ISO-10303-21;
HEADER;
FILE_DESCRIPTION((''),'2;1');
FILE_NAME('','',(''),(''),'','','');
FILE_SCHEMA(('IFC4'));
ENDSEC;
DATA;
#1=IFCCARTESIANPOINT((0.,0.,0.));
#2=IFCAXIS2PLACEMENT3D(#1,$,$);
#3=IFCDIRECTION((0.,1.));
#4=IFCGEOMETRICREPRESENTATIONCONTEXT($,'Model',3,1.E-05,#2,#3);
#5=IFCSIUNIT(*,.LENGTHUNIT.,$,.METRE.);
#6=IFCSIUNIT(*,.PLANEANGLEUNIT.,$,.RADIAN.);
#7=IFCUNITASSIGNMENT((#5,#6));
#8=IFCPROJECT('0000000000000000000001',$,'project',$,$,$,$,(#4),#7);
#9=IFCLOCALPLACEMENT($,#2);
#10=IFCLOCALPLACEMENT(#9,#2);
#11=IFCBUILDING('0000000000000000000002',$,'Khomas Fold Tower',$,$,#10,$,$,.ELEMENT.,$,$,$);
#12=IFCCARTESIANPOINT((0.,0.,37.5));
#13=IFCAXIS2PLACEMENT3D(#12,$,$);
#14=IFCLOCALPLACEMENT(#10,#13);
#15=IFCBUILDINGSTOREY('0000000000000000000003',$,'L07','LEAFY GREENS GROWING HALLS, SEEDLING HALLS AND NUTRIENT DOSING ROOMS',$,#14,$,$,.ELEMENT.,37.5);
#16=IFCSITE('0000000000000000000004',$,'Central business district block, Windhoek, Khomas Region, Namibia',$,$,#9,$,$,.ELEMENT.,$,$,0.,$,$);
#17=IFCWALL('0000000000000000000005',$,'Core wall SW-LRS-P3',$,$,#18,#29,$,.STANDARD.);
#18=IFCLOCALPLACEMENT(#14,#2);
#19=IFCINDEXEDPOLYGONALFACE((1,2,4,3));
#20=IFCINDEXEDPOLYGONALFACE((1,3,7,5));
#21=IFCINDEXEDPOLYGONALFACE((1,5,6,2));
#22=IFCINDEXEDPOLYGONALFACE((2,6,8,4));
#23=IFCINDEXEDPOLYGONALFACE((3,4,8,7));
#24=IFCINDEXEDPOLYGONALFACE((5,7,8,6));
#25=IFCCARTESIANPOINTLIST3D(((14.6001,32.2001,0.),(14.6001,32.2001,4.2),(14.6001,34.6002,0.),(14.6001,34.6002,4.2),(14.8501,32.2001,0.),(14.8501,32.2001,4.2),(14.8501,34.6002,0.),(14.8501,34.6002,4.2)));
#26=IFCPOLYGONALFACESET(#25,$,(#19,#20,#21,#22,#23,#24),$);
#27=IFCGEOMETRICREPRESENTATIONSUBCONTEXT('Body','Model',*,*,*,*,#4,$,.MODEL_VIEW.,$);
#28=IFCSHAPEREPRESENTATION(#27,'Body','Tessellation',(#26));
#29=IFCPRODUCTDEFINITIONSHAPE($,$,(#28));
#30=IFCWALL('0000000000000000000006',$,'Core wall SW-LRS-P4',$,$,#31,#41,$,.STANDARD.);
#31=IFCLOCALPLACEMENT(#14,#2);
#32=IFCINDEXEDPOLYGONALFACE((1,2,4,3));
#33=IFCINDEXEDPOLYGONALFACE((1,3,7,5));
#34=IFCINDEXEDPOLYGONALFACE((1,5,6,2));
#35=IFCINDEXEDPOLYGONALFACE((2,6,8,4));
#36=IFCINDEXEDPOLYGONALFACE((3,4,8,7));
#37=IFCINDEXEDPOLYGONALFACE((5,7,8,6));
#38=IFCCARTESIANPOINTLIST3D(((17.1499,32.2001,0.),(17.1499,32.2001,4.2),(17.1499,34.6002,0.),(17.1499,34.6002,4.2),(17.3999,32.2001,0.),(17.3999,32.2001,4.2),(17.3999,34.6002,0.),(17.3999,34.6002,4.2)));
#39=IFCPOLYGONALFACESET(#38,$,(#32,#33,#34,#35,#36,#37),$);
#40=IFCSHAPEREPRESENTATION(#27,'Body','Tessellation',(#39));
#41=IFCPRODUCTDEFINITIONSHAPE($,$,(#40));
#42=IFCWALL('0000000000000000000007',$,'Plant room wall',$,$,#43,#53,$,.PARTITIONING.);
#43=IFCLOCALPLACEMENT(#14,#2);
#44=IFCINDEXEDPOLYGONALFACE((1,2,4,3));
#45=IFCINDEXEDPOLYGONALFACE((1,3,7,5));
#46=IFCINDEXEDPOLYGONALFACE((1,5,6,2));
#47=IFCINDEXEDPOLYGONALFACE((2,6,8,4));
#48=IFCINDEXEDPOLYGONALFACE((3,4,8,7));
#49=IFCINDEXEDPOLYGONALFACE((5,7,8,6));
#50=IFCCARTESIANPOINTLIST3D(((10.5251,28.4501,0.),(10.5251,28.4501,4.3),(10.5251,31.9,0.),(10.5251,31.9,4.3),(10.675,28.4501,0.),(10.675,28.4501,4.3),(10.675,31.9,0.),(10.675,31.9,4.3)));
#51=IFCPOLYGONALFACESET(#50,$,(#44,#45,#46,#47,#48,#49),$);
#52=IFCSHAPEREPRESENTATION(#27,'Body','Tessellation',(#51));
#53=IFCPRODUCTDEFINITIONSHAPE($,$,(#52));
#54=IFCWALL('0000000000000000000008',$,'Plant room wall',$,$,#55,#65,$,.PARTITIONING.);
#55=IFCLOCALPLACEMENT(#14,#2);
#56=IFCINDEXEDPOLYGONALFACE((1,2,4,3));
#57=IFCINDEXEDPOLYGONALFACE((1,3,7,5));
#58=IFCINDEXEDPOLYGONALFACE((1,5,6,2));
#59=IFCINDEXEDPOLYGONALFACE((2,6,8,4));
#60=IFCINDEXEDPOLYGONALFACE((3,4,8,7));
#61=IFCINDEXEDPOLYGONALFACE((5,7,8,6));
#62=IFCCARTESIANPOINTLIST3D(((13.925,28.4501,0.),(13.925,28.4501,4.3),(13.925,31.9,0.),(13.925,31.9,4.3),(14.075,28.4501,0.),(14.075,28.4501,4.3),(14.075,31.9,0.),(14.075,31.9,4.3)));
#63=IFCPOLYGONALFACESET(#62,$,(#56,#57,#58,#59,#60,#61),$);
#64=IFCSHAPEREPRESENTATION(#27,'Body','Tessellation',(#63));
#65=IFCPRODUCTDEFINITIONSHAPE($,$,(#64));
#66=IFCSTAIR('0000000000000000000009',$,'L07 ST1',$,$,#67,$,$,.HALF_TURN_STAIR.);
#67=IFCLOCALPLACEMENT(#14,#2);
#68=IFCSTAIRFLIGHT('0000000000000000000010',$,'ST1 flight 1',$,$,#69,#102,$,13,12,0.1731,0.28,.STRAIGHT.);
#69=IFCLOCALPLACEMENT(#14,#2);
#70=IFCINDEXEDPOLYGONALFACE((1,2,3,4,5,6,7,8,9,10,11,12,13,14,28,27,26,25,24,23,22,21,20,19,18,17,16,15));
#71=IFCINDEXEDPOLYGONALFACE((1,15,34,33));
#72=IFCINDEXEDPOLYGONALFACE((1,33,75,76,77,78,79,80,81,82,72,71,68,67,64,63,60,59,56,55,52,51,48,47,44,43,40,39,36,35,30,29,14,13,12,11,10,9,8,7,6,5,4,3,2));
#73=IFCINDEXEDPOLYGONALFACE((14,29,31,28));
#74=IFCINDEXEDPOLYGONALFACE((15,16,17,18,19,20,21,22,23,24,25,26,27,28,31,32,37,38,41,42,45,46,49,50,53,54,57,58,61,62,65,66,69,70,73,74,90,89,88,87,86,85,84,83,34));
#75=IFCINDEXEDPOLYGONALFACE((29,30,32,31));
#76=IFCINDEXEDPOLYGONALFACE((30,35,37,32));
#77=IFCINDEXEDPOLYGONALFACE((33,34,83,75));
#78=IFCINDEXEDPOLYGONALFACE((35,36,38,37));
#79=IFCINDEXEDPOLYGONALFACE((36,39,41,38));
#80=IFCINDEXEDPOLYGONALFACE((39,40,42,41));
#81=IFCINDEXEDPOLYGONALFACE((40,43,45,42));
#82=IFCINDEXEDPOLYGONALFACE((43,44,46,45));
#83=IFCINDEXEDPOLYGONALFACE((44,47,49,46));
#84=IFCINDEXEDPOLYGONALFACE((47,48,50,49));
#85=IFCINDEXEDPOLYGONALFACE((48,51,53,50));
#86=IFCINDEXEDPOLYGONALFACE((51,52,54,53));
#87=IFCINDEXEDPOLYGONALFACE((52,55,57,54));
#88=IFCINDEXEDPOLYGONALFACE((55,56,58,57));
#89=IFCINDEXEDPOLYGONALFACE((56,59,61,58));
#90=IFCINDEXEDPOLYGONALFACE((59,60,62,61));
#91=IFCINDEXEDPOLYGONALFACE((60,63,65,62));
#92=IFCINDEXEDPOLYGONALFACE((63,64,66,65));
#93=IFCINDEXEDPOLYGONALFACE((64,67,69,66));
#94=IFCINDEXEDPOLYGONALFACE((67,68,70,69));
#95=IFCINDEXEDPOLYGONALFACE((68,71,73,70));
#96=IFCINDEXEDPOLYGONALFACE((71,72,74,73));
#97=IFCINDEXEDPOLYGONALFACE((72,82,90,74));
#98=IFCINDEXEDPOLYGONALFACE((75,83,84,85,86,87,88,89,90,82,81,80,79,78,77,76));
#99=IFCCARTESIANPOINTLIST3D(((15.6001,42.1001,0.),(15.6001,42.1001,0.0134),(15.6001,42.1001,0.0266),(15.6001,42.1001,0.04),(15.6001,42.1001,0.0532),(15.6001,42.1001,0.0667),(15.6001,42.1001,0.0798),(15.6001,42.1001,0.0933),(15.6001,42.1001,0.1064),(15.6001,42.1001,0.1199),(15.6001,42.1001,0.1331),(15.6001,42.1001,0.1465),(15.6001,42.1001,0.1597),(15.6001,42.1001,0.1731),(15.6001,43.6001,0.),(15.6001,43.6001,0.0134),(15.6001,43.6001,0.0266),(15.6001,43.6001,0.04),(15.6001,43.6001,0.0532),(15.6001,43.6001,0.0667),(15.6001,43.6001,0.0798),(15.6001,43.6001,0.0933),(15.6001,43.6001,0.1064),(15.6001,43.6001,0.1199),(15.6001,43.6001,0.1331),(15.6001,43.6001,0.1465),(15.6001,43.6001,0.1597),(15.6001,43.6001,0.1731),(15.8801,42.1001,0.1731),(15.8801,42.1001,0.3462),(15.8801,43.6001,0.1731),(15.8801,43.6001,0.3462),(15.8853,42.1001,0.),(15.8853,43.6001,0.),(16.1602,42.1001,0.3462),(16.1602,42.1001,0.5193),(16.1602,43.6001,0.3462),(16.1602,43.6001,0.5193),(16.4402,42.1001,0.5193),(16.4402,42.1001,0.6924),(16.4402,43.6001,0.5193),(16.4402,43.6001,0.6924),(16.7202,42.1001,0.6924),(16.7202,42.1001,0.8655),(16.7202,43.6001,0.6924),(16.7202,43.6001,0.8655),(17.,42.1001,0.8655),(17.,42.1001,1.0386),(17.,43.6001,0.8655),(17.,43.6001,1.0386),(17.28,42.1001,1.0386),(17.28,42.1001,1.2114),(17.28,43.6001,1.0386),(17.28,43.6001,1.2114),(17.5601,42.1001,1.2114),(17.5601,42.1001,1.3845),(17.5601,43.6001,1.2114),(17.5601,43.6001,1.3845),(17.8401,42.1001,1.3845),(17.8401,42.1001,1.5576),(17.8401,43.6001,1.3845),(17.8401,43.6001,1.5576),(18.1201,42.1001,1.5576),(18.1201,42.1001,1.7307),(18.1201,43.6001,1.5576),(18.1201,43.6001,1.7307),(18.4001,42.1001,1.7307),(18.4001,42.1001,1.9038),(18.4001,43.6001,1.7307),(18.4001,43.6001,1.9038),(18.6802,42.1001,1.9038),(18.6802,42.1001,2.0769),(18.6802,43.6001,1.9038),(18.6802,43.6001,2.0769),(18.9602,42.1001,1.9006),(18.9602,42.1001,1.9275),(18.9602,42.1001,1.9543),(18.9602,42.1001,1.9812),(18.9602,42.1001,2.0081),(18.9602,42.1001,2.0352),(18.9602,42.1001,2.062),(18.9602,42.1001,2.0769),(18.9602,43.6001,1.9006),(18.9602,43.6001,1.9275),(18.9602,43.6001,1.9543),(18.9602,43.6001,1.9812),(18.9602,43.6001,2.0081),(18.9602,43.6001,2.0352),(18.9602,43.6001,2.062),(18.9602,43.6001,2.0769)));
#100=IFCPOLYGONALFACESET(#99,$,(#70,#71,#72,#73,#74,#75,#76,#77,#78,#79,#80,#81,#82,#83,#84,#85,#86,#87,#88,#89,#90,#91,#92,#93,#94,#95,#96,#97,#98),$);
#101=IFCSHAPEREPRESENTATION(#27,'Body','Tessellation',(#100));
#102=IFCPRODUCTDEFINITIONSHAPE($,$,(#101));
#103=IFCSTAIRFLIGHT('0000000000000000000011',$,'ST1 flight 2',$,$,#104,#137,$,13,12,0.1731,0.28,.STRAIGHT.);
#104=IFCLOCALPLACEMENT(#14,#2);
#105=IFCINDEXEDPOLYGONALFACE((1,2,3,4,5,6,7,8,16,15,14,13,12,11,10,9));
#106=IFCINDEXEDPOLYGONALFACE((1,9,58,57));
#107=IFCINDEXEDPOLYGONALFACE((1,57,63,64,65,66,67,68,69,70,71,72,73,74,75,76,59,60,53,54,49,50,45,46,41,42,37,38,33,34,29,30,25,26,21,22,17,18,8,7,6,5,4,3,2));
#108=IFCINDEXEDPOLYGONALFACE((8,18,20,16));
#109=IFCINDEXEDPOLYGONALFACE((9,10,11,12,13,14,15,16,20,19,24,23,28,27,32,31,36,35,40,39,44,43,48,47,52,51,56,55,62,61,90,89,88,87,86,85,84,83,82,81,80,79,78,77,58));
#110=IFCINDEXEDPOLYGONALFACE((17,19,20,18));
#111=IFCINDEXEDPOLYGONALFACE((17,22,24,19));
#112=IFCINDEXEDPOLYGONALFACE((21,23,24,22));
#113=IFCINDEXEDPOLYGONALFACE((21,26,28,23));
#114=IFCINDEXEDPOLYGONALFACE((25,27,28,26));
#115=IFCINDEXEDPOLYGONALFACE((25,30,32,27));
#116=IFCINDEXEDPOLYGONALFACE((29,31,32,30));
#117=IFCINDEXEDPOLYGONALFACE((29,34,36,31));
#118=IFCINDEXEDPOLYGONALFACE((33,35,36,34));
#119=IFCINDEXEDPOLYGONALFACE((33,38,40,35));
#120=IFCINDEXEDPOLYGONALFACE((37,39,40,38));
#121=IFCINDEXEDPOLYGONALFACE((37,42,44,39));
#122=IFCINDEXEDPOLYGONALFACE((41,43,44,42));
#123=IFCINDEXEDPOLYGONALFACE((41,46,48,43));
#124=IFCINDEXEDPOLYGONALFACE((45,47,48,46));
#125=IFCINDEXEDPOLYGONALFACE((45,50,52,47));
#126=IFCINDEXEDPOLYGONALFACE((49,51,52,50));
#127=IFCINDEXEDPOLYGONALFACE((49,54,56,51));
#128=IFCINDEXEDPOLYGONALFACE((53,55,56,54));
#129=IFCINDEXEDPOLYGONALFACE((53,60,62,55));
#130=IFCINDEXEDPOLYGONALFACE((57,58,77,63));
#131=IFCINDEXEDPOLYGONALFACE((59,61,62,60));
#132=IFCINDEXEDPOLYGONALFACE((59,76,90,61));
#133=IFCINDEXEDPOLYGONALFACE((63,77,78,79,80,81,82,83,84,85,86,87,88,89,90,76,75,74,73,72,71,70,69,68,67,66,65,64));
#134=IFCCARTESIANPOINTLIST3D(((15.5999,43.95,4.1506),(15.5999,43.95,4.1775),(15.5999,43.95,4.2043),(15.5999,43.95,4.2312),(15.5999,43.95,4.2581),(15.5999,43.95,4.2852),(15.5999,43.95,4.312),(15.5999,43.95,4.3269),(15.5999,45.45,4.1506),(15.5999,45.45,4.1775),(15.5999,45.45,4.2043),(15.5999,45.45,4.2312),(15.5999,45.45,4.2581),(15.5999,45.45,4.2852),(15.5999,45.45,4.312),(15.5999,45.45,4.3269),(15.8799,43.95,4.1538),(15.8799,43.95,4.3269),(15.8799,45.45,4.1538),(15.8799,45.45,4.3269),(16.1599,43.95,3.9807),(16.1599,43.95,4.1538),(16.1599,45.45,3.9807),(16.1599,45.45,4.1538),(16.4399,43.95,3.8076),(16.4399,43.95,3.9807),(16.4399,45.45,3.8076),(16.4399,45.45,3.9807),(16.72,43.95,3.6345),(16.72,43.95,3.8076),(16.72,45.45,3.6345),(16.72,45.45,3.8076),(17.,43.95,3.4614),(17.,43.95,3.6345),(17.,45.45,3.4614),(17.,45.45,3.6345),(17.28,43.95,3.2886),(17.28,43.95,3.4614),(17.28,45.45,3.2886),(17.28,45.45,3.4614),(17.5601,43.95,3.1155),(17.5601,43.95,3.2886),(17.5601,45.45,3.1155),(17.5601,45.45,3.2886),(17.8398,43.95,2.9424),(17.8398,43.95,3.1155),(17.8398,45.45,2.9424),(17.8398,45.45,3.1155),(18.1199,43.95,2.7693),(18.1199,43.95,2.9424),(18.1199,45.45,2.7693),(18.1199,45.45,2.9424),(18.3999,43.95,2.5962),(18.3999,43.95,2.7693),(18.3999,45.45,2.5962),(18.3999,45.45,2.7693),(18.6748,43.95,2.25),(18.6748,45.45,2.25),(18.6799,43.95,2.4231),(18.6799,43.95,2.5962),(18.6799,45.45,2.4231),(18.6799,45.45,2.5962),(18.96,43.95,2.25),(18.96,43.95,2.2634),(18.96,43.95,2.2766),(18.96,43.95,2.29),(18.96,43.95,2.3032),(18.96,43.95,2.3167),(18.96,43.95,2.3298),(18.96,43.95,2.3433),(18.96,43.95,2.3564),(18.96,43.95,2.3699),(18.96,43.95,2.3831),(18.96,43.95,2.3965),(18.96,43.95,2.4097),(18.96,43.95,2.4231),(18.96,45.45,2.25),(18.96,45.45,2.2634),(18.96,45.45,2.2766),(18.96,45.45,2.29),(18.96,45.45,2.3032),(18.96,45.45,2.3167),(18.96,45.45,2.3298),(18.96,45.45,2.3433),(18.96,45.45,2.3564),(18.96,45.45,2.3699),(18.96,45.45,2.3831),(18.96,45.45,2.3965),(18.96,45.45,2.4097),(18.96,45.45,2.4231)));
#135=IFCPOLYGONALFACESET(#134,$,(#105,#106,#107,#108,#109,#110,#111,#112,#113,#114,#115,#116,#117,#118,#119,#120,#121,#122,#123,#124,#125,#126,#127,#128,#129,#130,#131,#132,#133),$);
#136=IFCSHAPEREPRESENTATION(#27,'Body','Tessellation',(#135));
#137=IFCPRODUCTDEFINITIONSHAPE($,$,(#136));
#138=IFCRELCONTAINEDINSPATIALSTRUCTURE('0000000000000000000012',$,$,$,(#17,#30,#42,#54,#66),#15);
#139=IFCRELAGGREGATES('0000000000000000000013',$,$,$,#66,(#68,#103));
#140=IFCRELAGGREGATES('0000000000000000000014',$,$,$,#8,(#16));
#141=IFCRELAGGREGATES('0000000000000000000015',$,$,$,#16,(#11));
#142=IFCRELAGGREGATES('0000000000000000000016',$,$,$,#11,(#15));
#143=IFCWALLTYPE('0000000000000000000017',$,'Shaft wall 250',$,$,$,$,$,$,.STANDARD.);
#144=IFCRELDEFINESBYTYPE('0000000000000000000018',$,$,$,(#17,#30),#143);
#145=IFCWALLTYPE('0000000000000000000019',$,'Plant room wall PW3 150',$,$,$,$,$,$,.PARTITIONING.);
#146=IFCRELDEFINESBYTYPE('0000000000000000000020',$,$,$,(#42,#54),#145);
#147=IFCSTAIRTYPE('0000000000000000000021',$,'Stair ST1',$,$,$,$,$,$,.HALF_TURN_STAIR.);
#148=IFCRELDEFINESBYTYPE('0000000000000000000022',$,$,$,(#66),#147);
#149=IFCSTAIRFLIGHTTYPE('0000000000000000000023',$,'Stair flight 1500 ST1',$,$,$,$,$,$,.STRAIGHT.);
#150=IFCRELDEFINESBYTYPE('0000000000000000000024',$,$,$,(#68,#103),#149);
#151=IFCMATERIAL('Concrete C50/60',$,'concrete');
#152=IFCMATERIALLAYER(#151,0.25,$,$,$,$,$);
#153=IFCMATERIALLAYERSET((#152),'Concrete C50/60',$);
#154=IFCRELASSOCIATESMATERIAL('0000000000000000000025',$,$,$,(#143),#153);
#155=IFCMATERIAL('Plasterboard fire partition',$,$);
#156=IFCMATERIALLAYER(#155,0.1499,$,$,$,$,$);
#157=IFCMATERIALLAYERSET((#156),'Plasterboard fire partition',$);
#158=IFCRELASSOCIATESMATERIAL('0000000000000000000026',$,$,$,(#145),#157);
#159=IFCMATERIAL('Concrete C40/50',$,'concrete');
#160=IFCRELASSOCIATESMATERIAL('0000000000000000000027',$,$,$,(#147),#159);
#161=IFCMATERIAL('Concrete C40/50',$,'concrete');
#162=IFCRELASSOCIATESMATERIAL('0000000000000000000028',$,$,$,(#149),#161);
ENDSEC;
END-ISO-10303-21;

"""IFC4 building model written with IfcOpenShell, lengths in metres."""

from ifc_helpers import new_model, si_unit, direction, frame, frame_2d, origin, place, context, subcontext, project, spatial, polyline, rectangle, outline, extrude, source, transform, mapped, material, layer, layer_set, type_object, element, aggregate, save


model = new_model("IFC4")

# Units and contexts
model_context = context("Model", 3, precision=1e-05, world=origin(), true_north=direction((0.0, 1.0)))
body_context = subcontext(model_context, "Body", "Model", "MODEL_VIEW")
ifc_project = project(units=[si_unit("LENGTHUNIT", "METRE"), si_unit("PLANEANGLEUNIT", "RADIAN")], contexts=[model_context])

# Site, building, storey
site_placement = place(None, origin())
site = spatial("IfcSite", under=ifc_project, at=site_placement, Name="Central business district block, Windhoek, Khomas Region, Namibia", CompositionType="ELEMENT", RefElevation=0.0)
building_placement = place(site_placement, origin())
building = spatial("IfcBuilding", under=site, at=building_placement, Name="Khomas Fold Tower", CompositionType="ELEMENT")
storey_placement = place(building_placement, frame((0.0, 0.0, 37.5)))
storey = spatial("IfcBuildingStorey", under=building, at=storey_placement, Name="L07", Description="LEAFY GREENS GROWING HALLS, SEEDLING HALLS AND NUTRIENT DOSING ROOMS", CompositionType="ELEMENT", Elevation=37.5)

# Walls
ifc_material_1 = material(Name="Concrete C50/60", Category="concrete")
ifc_layer_1 = layer(ifc_material_1, 0.25)
ifc_layer_set_1 = layer_set([ifc_layer_1], Name="Concrete C50/60")
wall_type_1 = type_object("IfcWallType", Name="Shaft wall 250", PredefinedType="STANDARD", material=ifc_layer_set_1)
shared_shape_1 = source(origin(), body_context, "Body", "SweptSolid", [
    extrude(rectangle(XDim=2.4001, YDim=0.25, at=frame_2d((1.2002, 0.0))), origin(), (0.0, 0.0, 1.0), 4.2),
])
for number, where, z_axis, x_axis, name in (
    (1, (14.7251, 32.2, 0.0), (0.0, 0.0, 1.0), (0.0, 1.0, 0.0), "Core wall SW-LRS-P3"),
    (2, (17.2749, 32.2, 0.0), (0.0, 0.0, 1.0), (0.0, 1.0, 0.0), "Core wall SW-LRS-P4"),
):
    element("IfcWall", number, at=place(storey_placement, frame(where, z_axis=z_axis, x_axis=x_axis)), inside=storey, type_object=wall_type_1, Name=name, PredefinedType="STANDARD", context=body_context, shape_type="MappedRepresentation", body=[
        mapped(shared_shape_1, transform((0.0, 0.0, 0.0))),
    ])
ifc_material_2 = material(Name="Plasterboard fire partition")
ifc_layer_2 = layer(ifc_material_2, 0.1499)
ifc_layer_set_2 = layer_set([ifc_layer_2], Name="Plasterboard fire partition")
wall_type_2 = type_object("IfcWallType", Name="Plant room wall PW3 150", PredefinedType="PARTITIONING", material=ifc_layer_set_2)
shared_shape_2 = source(origin(), body_context, "Body", "SweptSolid", [
    extrude(rectangle(XDim=3.45, YDim=0.1499, at=frame_2d((1.7251, 0.0))), origin(), (0.0, 0.0, 1.0), 4.3),
])
for number, where, z_axis, x_axis, name in (
    (3, (10.6001, 28.45, 0.0), (0.0, 0.0, 1.0), (0.0, 1.0, 0.0), "Plant room wall"),
    (4, (14.0, 28.45, 0.0), (0.0, 0.0, 1.0), (0.0, 1.0, 0.0), "Plant room wall"),
):
    element("IfcWall", number, at=place(storey_placement, frame(where, z_axis=z_axis, x_axis=x_axis)), inside=storey, type_object=wall_type_2, Name=name, PredefinedType="PARTITIONING", context=body_context, shape_type="MappedRepresentation", body=[
        mapped(shared_shape_2, transform((0.0, 0.0, 0.0))),
    ])

# Stair, stair flights
ifc_material_3 = material(Name="Concrete C40/50", Category="concrete")
stair_type = type_object("IfcStairType", Name="Stair ST1", PredefinedType="HALF_TURN_STAIR", material=ifc_material_3)
stair_placement = place(storey_placement, origin())
stair = element("IfcStair", 5, at=stair_placement, inside=storey, type_object=stair_type, Name="L07 ST1", PredefinedType="HALF_TURN_STAIR")
ifc_material_4 = material(Name="Concrete C40/50", Category="concrete")
stair_flight_type = type_object("IfcStairFlightType", Name="Stair flight 1500 ST1", PredefinedType="STRAIGHT", material=ifc_material_4)
shared_shape_3 = source(origin(), body_context, "Body", "SweptSolid", [
    extrude(outline(polyline([(0.0, 0.0), (0.0, 0.0134), (0.0, 0.0266), (0.0, 0.04), (0.0, 0.0532), (0.0, 0.0667), (0.0, 0.0798), (0.0, 0.0933), (0.0, 0.1064), (0.0, 0.1199), (0.0, 0.1331), (0.0, 0.1465), (0.0, 0.1597), (0.0, 0.1731), (0.28, 0.1731), (0.28, 0.3462), (0.5601, 0.3462), (0.5601, 0.5193), (0.8401, 0.5193), (0.8401, 0.6924), (1.1201, 0.6924), (1.1201, 0.8655), (1.3999, 0.8655), (1.3999, 1.0386), (1.6799, 1.0386), (1.6799, 1.2114), (1.96, 1.2114), (1.96, 1.3845), (2.24, 1.3845), (2.24, 1.5576), (2.52, 1.5576), (2.52, 1.7307), (2.8, 1.7307), (2.8, 1.9038), (3.0801, 1.9038), (3.0801, 2.0769), (3.3601, 2.0769), (3.3601, 2.25), (3.3601, 2.2231), (3.3601, 2.1963), (3.3601, 2.1694), (3.3601, 2.1426), (3.3601, 2.1157), (3.3601, 2.0889), (3.3601, 2.062), (3.3601, 2.0352), (3.3601, 2.0081), (3.3601, 1.9812), (3.3601, 1.9543), (3.3601, 1.9275), (3.3601, 1.9006), (0.2852, 0.0), (0.0, 0.0)])), frame((0.0, 0.75, 0.0), z_axis=(0.0, -1.0, 0.0), x_axis=(1.0, 0.0, 0.0)), (0.0, 0.0, 1.0), 1.5),
])
stair_flight_1_placement = place(storey_placement, frame((15.6001, 42.8501, 0.0), z_axis=(0.0, 0.0, 1.0), x_axis=(1.0, 0.0, 0.0)))
stair_flight_1 = element("IfcStairFlight", 6, at=stair_flight_1_placement, type_object=stair_flight_type, Name="ST1 flight 1", NumberOfRisers=13, NumberOfTreads=12, PredefinedType="STRAIGHT", RiserHeight=0.1731, TreadLength=0.28, context=body_context, shape_type="MappedRepresentation", body=[
    mapped(shared_shape_3, transform((0.0, 0.0, 0.0))),
])
stair_flight_2_placement = place(storey_placement, frame((18.96, 44.7, 2.25), z_axis=(0.0, 0.0, 1.0), x_axis=(-1.0, 0.0, 0.0)))
stair_flight_2 = element("IfcStairFlight", 7, at=stair_flight_2_placement, type_object=stair_flight_type, Name="ST1 flight 2", NumberOfRisers=13, NumberOfTreads=12, PredefinedType="STRAIGHT", RiserHeight=0.1731, TreadLength=0.28, context=body_context, shape_type="MappedRepresentation", body=[
    mapped(shared_shape_3, transform((0.0, 0.0, 0.0))),
])
aggregate(stair, [stair_flight_1, stair_flight_2])

save(model, "model.ifc")
